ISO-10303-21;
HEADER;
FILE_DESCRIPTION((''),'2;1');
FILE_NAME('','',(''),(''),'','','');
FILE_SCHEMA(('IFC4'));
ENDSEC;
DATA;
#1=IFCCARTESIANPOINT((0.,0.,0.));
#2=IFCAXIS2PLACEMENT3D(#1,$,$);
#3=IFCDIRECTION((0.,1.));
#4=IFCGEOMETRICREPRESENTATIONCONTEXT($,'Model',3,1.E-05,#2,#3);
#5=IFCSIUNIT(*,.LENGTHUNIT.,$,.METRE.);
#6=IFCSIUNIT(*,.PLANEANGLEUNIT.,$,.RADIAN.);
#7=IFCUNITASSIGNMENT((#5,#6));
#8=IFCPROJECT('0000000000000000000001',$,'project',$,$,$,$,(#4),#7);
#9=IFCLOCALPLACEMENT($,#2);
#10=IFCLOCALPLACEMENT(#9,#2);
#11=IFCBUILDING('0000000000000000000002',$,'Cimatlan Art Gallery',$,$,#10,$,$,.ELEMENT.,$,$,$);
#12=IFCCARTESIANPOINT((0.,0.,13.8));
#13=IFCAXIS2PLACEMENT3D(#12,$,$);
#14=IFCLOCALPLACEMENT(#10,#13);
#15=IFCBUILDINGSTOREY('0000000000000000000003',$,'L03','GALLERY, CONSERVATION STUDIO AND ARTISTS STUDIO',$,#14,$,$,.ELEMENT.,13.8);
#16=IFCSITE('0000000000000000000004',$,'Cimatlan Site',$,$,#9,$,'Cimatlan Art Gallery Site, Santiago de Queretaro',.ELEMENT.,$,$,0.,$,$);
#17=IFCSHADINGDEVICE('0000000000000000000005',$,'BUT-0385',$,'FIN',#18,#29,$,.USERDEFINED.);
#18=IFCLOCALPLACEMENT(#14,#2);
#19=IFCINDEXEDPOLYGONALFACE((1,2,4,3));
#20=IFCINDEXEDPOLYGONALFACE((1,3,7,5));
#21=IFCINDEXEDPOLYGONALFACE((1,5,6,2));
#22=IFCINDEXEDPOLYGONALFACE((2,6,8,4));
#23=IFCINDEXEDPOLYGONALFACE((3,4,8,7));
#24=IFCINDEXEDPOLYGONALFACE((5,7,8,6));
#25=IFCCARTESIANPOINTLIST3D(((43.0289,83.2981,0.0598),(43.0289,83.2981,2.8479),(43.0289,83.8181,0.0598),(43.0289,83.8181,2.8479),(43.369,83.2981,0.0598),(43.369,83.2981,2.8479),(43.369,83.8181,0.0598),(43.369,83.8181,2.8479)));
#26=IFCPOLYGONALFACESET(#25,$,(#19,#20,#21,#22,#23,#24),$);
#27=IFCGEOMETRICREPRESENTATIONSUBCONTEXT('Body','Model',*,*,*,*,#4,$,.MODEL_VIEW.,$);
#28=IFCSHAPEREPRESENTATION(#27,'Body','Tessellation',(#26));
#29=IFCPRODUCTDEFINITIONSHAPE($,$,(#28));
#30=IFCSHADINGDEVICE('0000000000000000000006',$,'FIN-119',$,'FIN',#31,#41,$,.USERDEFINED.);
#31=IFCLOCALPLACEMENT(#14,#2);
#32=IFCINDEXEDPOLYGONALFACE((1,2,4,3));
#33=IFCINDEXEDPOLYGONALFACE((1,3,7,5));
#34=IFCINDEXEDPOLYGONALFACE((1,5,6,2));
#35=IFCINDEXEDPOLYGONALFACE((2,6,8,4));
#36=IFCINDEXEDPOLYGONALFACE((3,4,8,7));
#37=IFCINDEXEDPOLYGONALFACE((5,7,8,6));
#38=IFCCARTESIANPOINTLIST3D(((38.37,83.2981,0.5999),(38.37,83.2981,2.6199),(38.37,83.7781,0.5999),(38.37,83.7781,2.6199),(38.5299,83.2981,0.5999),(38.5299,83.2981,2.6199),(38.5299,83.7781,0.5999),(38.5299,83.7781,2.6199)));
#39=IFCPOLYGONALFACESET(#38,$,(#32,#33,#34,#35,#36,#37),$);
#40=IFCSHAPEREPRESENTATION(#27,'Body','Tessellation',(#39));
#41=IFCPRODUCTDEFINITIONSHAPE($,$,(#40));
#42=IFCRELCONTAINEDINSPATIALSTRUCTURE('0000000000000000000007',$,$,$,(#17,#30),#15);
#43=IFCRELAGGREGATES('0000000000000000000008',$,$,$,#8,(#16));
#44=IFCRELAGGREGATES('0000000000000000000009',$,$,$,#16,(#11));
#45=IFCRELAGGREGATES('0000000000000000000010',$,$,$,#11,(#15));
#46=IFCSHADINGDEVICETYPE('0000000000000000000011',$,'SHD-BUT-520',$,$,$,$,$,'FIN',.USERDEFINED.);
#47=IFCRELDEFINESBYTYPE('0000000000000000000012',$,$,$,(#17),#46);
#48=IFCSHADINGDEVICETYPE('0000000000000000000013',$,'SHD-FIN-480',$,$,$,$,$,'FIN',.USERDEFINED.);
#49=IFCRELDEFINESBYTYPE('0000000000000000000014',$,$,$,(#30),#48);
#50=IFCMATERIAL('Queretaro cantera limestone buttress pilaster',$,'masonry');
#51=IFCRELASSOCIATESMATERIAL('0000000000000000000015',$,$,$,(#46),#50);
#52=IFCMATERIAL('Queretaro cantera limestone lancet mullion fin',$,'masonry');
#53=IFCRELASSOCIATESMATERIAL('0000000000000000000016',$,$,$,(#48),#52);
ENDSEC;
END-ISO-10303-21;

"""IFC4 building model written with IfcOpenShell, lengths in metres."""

from ifc_helpers import new_model, si_unit, direction, frame, origin, origin_2d, place, context, subcontext, project, spatial, rectangle, extrude, material, type_object, element, save


model = new_model("IFC4")

# Units and contexts
model_context = context("Model", 3, precision=1e-05, world=origin(), true_north=direction((0.0, 1.0)))
body_context = subcontext(model_context, "Body", "Model", "MODEL_VIEW")
ifc_project = project(units=[si_unit("LENGTHUNIT", "METRE"), si_unit("PLANEANGLEUNIT", "RADIAN")], contexts=[model_context])

# Site, building, storey
site_placement = place(None, origin())
site = spatial("IfcSite", under=ifc_project, at=site_placement, Name="Cimatlan Site", LongName="Cimatlan Art Gallery Site, Santiago de Queretaro", CompositionType="ELEMENT", RefElevation=0.0)
building_placement = place(site_placement, origin())
building = spatial("IfcBuilding", under=site, at=building_placement, Name="Cimatlan Art Gallery", CompositionType="ELEMENT")
storey_placement = place(building_placement, frame((0.0, 0.0, 13.8)))
storey = spatial("IfcBuildingStorey", under=building, at=storey_placement, Name="L03", Description="GALLERY, CONSERVATION STUDIO AND ARTISTS STUDIO", CompositionType="ELEMENT", Elevation=13.8)

# Shading devices
ifc_material_1 = material(Name="Queretaro cantera limestone buttress pilaster", Category="masonry")
shading_device_type_1 = type_object("IfcShadingDeviceType", Name="SHD-BUT-520", ElementType="FIN", PredefinedType="USERDEFINED", material=ifc_material_1)
for number, where, z_axis, x_axis, name in (
    (1, (43.199, 83.5581, 0.0598), (0.0, 0.0, 1.0), (1.0, 0.0, 0.0), "BUT-0385"),
):
    element("IfcShadingDevice", number, at=place(storey_placement, frame(where, z_axis=z_axis, x_axis=x_axis)), inside=storey, type_object=shading_device_type_1, Name=name, ObjectType="FIN", PredefinedType="USERDEFINED", context=body_context, shape_type="SweptSolid", body=[
        extrude(rectangle(XDim=0.3401, YDim=0.52, at=origin_2d()), origin(), (0.0, 0.0, 1.0), 2.7881),
    ])
ifc_material_2 = material(Name="Queretaro cantera limestone lancet mullion fin", Category="masonry")
shading_device_type_2 = type_object("IfcShadingDeviceType", Name="SHD-FIN-480", ElementType="FIN", PredefinedType="USERDEFINED", material=ifc_material_2)
shading_device_placement = place(storey_placement, frame((38.45, 83.5381, 0.5999), z_axis=(0.0, 0.0, 1.0), x_axis=(1.0, 0.0, 0.0)))
element("IfcShadingDevice", 2, at=shading_device_placement, inside=storey, type_object=shading_device_type_2, Name="FIN-119", ObjectType="FIN", PredefinedType="USERDEFINED", context=body_context, shape_type="SweptSolid", body=[
    extrude(rectangle(XDim=0.1599, YDim=0.48, at=origin_2d()), origin(), (0.0, 0.0, 1.0), 2.02),
])

save(model, "model.ifc")
